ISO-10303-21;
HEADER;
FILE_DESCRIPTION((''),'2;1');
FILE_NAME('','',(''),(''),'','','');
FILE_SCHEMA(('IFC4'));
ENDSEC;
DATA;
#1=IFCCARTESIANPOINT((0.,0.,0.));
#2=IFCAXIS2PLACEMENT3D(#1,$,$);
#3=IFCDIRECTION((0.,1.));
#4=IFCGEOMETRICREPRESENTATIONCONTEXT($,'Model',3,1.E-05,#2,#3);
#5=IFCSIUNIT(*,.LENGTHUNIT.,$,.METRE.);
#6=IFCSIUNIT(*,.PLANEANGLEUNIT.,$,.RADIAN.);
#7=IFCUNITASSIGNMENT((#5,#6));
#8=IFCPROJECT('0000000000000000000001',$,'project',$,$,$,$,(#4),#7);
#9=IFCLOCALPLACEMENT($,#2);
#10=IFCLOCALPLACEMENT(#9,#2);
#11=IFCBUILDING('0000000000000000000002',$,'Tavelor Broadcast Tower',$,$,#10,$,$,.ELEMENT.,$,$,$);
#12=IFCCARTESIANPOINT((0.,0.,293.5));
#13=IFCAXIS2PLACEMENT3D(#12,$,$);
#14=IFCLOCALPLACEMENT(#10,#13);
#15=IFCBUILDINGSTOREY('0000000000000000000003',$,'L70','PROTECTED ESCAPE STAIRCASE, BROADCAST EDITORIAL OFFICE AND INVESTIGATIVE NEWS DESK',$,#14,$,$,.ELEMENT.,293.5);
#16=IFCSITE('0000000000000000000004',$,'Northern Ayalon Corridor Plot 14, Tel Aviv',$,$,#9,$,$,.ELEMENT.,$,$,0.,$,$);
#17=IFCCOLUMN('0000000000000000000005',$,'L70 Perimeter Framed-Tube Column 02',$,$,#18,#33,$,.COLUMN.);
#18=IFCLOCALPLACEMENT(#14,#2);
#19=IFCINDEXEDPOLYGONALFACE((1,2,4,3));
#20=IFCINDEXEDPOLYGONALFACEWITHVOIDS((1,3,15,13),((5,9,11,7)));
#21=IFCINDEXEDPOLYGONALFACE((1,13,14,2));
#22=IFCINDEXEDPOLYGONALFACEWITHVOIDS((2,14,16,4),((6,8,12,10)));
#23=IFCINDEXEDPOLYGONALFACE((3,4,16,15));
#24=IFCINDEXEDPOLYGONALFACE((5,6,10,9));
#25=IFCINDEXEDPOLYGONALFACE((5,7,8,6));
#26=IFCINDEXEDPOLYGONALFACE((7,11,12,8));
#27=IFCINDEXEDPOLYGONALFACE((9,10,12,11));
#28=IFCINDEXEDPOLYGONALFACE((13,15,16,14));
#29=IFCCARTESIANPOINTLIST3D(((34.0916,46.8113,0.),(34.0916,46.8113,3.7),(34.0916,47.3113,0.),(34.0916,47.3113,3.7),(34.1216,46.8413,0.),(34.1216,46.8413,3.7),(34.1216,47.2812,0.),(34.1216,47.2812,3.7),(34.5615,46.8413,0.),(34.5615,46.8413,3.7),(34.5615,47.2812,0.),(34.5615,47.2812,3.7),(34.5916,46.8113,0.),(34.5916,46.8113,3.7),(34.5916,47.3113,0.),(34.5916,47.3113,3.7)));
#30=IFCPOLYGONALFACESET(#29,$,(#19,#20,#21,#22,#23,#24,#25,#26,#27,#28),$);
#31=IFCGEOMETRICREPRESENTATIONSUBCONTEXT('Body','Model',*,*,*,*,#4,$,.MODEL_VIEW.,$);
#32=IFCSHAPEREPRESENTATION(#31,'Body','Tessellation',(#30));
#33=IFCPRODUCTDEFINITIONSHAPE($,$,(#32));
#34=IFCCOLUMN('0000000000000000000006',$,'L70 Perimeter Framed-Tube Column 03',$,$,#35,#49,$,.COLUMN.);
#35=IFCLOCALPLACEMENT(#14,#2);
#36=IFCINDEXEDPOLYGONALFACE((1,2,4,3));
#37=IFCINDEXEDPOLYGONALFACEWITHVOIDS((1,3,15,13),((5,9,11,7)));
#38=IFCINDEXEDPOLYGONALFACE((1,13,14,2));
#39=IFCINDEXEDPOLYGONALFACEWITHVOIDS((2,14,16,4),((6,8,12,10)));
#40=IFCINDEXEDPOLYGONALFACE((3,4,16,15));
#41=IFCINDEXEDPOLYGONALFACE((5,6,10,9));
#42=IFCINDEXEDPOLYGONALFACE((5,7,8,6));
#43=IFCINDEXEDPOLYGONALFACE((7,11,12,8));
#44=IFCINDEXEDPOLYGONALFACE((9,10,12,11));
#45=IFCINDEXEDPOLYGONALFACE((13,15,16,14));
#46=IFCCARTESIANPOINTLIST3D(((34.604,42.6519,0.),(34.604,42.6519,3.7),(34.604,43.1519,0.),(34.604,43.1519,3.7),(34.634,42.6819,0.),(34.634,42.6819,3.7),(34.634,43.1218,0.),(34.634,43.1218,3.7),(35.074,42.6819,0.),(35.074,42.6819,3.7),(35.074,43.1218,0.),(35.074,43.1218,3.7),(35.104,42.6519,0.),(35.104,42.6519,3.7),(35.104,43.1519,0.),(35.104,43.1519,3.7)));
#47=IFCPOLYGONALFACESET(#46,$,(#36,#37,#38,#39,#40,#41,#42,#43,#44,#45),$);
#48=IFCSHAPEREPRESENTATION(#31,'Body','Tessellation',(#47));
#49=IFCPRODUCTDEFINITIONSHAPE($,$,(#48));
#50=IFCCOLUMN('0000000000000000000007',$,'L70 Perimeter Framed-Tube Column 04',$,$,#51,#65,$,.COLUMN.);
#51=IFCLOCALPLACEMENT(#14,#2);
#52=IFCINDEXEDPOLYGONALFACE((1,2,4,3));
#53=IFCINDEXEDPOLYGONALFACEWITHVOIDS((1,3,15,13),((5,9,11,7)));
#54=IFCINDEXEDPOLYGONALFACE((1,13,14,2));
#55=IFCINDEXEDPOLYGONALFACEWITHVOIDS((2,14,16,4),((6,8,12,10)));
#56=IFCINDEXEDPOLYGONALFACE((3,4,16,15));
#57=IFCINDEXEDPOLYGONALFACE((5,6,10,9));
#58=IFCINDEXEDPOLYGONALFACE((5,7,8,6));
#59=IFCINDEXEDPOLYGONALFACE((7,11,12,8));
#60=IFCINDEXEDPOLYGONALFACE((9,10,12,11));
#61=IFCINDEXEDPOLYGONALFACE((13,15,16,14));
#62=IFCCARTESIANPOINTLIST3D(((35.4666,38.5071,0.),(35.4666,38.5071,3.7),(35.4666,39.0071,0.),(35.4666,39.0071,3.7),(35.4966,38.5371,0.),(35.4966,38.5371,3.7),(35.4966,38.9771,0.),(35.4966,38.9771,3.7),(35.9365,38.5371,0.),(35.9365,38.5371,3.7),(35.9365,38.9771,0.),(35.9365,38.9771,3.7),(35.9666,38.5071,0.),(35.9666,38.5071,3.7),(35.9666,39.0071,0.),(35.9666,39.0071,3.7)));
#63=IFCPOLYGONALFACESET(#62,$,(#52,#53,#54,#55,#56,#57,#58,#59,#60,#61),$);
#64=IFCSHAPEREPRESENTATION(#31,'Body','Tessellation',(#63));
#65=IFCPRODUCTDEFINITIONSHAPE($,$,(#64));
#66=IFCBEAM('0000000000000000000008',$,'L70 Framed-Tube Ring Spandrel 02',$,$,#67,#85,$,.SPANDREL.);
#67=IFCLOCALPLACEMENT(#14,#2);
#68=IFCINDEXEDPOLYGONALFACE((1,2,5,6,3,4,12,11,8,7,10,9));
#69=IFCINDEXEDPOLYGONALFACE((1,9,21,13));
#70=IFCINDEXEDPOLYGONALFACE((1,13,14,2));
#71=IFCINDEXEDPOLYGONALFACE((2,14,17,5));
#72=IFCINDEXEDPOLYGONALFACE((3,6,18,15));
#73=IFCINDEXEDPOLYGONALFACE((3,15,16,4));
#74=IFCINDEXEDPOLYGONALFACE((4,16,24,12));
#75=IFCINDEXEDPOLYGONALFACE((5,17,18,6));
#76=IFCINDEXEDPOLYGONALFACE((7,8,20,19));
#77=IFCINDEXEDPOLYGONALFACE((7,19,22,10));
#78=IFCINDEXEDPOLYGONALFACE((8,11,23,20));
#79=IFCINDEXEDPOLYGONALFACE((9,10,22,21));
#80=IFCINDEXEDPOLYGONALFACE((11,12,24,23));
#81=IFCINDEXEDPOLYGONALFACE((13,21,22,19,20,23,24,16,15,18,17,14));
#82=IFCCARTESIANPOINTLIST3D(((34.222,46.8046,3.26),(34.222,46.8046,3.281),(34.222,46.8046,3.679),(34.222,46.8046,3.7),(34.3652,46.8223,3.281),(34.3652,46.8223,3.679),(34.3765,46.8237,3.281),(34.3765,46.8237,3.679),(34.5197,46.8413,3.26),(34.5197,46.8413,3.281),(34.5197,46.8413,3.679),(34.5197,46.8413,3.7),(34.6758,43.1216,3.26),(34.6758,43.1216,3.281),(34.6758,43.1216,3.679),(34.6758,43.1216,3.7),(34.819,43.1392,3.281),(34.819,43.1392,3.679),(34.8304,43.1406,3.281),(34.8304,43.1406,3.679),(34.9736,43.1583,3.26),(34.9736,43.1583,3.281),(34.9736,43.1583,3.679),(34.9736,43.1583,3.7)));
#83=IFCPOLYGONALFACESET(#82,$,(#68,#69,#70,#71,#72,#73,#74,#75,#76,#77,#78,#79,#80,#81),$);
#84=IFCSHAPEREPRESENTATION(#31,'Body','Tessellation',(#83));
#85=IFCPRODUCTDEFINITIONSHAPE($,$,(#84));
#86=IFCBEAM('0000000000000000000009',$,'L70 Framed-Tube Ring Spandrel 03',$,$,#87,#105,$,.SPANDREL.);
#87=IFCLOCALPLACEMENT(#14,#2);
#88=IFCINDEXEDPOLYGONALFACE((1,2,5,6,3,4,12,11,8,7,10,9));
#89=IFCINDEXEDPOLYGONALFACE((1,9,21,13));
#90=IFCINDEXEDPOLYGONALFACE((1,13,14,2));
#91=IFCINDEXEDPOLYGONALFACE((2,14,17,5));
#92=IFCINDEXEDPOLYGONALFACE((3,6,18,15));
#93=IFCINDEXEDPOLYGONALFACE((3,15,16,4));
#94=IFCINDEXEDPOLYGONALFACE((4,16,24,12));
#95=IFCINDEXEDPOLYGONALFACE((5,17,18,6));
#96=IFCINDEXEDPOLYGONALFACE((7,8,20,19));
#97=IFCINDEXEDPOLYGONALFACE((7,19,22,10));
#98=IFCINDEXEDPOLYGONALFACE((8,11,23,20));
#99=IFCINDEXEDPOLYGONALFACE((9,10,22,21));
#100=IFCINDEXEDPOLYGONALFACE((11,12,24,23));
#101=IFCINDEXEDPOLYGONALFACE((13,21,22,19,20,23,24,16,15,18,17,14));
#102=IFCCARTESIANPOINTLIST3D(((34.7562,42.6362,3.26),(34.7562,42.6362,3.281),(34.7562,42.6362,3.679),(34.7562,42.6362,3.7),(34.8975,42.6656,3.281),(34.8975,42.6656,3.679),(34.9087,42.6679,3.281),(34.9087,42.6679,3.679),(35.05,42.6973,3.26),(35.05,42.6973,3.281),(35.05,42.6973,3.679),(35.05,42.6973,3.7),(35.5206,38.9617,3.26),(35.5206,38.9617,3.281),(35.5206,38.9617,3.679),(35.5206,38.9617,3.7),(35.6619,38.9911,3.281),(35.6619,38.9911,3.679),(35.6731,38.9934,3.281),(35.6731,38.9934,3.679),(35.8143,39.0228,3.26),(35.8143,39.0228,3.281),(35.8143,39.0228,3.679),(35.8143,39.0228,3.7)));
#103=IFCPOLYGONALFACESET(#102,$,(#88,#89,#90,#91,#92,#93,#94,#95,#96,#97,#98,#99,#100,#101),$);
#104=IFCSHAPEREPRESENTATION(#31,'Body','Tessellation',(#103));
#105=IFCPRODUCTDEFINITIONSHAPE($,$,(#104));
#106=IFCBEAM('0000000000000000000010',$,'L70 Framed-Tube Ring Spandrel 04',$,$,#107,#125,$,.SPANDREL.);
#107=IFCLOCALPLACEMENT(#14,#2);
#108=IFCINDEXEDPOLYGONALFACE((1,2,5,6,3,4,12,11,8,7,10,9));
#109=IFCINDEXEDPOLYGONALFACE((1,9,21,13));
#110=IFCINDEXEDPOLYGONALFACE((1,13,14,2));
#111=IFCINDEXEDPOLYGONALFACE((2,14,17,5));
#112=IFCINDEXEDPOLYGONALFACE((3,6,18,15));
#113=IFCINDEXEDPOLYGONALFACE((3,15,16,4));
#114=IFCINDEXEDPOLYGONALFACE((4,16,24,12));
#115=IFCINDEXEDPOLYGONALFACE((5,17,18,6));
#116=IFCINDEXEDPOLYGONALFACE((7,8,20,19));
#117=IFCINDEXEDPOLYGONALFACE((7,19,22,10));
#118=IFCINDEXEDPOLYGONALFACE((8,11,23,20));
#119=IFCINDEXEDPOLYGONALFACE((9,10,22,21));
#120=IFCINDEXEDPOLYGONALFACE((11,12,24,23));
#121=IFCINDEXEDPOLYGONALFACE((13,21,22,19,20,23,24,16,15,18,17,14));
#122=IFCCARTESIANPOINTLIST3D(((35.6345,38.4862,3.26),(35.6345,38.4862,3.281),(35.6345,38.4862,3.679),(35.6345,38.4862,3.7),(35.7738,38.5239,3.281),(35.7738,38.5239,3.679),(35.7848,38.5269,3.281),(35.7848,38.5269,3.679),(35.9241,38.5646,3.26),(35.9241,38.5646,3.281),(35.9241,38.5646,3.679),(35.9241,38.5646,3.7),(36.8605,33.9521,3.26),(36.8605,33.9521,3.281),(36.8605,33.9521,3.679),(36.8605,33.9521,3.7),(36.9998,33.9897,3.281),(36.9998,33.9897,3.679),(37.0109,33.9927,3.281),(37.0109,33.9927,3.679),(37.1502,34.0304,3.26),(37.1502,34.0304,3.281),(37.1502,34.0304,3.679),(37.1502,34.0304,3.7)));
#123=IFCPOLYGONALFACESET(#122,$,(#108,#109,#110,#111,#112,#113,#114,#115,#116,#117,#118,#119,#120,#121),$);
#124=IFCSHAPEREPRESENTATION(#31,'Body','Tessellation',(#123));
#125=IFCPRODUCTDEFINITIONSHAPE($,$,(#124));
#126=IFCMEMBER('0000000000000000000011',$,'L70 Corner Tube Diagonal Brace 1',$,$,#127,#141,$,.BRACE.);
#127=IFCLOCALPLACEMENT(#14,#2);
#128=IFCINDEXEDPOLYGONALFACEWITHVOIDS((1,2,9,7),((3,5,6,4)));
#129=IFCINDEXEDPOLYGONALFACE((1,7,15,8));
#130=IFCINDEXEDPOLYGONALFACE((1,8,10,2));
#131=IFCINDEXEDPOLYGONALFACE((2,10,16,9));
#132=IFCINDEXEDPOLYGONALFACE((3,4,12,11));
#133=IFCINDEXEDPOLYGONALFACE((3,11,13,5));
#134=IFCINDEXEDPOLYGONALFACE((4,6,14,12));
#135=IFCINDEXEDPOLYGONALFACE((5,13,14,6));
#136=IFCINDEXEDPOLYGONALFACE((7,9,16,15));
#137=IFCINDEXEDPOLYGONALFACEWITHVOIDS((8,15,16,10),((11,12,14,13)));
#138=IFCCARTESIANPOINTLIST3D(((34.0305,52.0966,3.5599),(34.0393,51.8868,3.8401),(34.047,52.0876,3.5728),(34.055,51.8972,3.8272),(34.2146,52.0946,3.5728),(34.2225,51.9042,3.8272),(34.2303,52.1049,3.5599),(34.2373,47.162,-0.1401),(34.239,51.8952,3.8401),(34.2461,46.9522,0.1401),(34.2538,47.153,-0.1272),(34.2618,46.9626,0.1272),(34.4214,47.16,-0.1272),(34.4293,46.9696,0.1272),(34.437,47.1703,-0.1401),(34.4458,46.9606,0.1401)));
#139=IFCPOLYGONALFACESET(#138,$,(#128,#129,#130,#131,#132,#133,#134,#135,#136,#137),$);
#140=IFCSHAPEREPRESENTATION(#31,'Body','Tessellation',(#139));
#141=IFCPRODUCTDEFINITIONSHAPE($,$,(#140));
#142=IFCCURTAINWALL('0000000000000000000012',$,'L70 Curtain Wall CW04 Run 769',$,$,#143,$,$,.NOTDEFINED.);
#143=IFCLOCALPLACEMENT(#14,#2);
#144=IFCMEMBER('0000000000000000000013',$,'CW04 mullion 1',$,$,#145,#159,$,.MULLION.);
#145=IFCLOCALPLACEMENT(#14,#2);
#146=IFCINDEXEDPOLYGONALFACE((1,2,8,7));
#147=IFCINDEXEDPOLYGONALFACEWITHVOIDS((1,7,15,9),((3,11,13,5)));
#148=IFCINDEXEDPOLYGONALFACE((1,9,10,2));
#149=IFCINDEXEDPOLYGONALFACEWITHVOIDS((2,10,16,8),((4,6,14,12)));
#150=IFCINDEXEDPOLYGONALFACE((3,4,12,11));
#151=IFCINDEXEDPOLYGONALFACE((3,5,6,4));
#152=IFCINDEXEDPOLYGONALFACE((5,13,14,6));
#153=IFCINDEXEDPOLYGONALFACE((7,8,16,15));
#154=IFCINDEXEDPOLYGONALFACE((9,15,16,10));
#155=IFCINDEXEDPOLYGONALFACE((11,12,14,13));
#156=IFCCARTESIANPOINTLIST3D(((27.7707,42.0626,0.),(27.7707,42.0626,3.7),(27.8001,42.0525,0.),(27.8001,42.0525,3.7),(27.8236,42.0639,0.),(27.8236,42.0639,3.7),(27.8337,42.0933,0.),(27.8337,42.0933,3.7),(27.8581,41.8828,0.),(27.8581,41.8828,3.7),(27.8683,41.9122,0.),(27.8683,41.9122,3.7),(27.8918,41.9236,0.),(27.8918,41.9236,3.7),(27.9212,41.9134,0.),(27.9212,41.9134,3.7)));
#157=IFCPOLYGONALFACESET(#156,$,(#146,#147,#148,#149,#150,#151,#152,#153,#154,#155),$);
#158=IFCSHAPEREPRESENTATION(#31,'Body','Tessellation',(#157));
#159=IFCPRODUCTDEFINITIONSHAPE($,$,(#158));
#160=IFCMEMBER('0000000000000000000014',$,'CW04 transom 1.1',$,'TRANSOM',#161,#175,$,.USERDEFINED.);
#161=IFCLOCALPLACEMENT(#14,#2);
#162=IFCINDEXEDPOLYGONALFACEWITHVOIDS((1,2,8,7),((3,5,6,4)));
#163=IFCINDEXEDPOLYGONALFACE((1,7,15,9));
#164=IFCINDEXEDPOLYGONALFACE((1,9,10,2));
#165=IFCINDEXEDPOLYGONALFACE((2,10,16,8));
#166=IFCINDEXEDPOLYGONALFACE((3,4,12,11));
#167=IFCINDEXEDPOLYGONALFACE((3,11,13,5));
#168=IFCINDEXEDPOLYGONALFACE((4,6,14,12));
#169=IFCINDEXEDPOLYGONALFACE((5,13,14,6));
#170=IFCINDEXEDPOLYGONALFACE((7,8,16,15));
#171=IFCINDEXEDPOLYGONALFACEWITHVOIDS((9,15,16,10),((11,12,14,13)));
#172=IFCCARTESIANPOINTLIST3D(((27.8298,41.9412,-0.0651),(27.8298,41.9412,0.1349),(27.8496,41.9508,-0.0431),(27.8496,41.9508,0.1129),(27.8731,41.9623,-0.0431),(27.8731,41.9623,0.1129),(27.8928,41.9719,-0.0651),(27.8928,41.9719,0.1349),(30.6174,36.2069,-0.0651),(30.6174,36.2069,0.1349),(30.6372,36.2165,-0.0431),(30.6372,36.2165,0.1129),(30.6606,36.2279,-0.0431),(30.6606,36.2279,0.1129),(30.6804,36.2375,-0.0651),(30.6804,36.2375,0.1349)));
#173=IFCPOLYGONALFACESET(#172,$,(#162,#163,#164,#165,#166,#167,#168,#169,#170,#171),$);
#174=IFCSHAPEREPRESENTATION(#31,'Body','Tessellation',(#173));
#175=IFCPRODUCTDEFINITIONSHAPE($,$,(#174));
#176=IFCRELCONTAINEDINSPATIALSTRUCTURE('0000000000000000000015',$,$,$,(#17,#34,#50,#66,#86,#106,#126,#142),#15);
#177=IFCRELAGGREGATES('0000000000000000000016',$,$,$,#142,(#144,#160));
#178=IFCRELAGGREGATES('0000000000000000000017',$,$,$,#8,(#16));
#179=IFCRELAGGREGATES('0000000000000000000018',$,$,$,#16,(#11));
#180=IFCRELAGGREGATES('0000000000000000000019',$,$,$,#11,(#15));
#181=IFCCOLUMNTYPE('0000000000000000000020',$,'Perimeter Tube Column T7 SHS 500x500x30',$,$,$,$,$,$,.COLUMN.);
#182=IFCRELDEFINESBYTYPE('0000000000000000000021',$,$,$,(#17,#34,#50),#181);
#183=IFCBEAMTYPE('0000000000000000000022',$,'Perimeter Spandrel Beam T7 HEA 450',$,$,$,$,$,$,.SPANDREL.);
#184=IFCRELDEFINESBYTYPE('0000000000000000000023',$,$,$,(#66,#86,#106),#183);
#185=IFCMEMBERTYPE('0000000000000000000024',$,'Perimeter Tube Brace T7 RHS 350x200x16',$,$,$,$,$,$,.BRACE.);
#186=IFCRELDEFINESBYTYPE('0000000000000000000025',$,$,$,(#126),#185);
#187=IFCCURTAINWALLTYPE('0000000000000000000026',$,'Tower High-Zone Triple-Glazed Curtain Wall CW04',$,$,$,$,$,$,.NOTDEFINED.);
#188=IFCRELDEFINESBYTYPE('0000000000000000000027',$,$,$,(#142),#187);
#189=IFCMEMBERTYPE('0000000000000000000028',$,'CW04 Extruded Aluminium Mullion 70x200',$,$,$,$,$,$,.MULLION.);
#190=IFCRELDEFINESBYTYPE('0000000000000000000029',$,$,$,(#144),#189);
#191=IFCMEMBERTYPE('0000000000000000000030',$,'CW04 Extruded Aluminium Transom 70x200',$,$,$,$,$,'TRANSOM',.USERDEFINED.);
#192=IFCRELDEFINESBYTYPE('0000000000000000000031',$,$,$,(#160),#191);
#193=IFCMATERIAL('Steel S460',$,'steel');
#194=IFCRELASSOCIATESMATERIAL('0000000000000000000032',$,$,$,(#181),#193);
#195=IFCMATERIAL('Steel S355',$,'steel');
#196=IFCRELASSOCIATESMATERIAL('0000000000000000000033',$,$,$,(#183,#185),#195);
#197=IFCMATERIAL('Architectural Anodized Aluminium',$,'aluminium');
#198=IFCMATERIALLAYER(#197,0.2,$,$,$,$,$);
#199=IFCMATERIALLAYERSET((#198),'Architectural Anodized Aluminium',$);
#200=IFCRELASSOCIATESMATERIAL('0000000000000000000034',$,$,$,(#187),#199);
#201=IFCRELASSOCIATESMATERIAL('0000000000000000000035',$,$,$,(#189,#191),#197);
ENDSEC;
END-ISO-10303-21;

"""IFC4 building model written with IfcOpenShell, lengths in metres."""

from ifc_helpers import new_model, si_unit, direction, frame, origin, origin_2d, place, context, subcontext, project, spatial, hollow_rectangle, i_section, extrude, source, transform, mapped, material, layer, layer_set, material_profile, profile_set, type_object, type_shapes, element, aggregate, save


model = new_model("IFC4")

# Units and contexts
model_context = context("Model", 3, precision=1e-05, world=origin(), true_north=direction((0.0, 1.0)))
body_context = subcontext(model_context, "Body", "Model", "MODEL_VIEW")
ifc_project = project(units=[si_unit("LENGTHUNIT", "METRE"), si_unit("PLANEANGLEUNIT", "RADIAN")], contexts=[model_context])

# Site, building, storey
site_placement = place(None, origin())
site = spatial("IfcSite", under=ifc_project, at=site_placement, Name="Northern Ayalon Corridor Plot 14, Tel Aviv", CompositionType="ELEMENT", RefElevation=0.0)
building_placement = place(site_placement, origin())
building = spatial("IfcBuilding", under=site, at=building_placement, Name="Tavelor Broadcast Tower", CompositionType="ELEMENT")
storey_placement = place(building_placement, frame((0.0, 0.0, 293.5)))
storey = spatial("IfcBuildingStorey", under=building, at=storey_placement, Name="L70", Description="PROTECTED ESCAPE STAIRCASE, BROADCAST EDITORIAL OFFICE AND INVESTIGATIVE NEWS DESK", CompositionType="ELEMENT", Elevation=293.5)

# Columns
ifc_material_1 = material(Name="Steel S460", Category="steel")
ifc_material_profile_1 = material_profile(ifc_material_1, hollow_rectangle(XDim=0.5, YDim=0.5, WallThickness=0.03, at=origin_2d()), Name="SHS 500x500x30")
ifc_profile_set_1 = profile_set([ifc_material_profile_1], Name="Steel S460")
column_type = type_object("IfcColumnType", Name="Perimeter Tube Column T7 SHS 500x500x30", PredefinedType="COLUMN", material=ifc_profile_set_1)
for number, where, z_axis, x_axis, name in (
    (1, (34.3416, 47.0613, 0.0), (0.0, 0.0, 1.0), (1.0, 0.0, 0.0), "L70 Perimeter Framed-Tube Column 02"),
    (2, (34.854, 42.9019, 0.0), (0.0, 0.0, 1.0), (1.0, 0.0, 0.0), "L70 Perimeter Framed-Tube Column 03"),
    (3, (35.7166, 38.7571, 0.0), (0.0, 0.0, 1.0), (1.0, 0.0, 0.0), "L70 Perimeter Framed-Tube Column 04"),
):
    element("IfcColumn", number, at=place(storey_placement, frame(where, z_axis=z_axis, x_axis=x_axis)), inside=storey, type_object=column_type, Name=name, PredefinedType="COLUMN", context=body_context, shape_type="SweptSolid", body=[
        extrude(hollow_rectangle(XDim=0.5, YDim=0.5, WallThickness=0.03, at=origin_2d()), origin(), (0.0, 0.0, 1.0), 3.7),
    ])

# Beams
ifc_material_2 = material(Name="Steel S355", Category="steel")
ifc_material_profile_2 = material_profile(ifc_material_2, i_section(OverallWidth=0.3, OverallDepth=0.4399, WebThickness=0.0115, FlangeThickness=0.021, at=origin_2d()), Name="HEA 450")
ifc_profile_set_2 = profile_set([ifc_material_profile_2], Name="Steel S355")
beam_type = type_object("IfcBeamType", Name="Perimeter Spandrel Beam T7 HEA 450", PredefinedType="SPANDREL", material=ifc_profile_set_2)
beam_1_placement = place(storey_placement, frame((34.3708, 46.823, 3.48), z_axis=(0.122302, -0.992493, 0.0), x_axis=(0.992493, 0.122302, 0.0)))
element("IfcBeam", 4, at=beam_1_placement, inside=storey, type_object=beam_type, Name="L70 Framed-Tube Ring Spandrel 02", PredefinedType="SPANDREL", context=body_context, shape_type="SweptSolid", body=[
    extrude(i_section(OverallWidth=0.3, OverallDepth=0.4399, WebThickness=0.0115, FlangeThickness=0.021, at=origin_2d()), origin(), (0.0, 0.0, 1.0), 3.7109),
])
beam_2_placement = place(storey_placement, frame((34.9031, 42.6667, 3.48), z_axis=(0.203666, -0.97904, 0.0), x_axis=(0.97904, 0.203666, 0.0)))
element("IfcBeam", 5, at=beam_2_placement, inside=storey, type_object=beam_type, Name="L70 Framed-Tube Ring Spandrel 03", PredefinedType="SPANDREL", context=body_context, shape_type="SweptSolid", body=[
    extrude(i_section(OverallWidth=0.3, OverallDepth=0.4399, WebThickness=0.0115, FlangeThickness=0.021, at=origin_2d()), origin(), (0.0, 0.0, 1.0), 3.7532),
])
beam_3_placement = place(storey_placement, frame((35.7793, 38.5254, 3.48), z_axis=(0.261032, -0.96533, 0.0), x_axis=(0.96533, 0.261032, 0.0)))
element("IfcBeam", 6, at=beam_3_placement, inside=storey, type_object=beam_type, Name="L70 Framed-Tube Ring Spandrel 04", PredefinedType="SPANDREL", context=body_context, shape_type="SweptSolid", body=[
    extrude(i_section(OverallWidth=0.3, OverallDepth=0.4399, WebThickness=0.0115, FlangeThickness=0.021, at=origin_2d()), origin(), (0.0, 0.0, 1.0), 4.697),
])

# Member
ifc_material_profile_3 = material_profile(ifc_material_2, hollow_rectangle(XDim=0.2, YDim=0.3501, WallThickness=0.0161, at=origin_2d()), Name="RHS 350x200x16")
ifc_profile_set_3 = profile_set([ifc_material_profile_3], Name="Steel S355")
member_type_1 = type_object("IfcMemberType", Name="Perimeter Tube Brace T7 RHS 350x200x16", PredefinedType="BRACE", material=ifc_profile_set_3)
member_1_placement = place(storey_placement, frame((34.3416, 47.0613, 0.0), z_axis=(-0.033509, 0.799627, 0.599562), x_axis=(-0.999123, -0.041869, 0.0)))
element("IfcMember", 7, at=member_1_placement, inside=storey, type_object=member_type_1, Name="L70 Corner Tube Diagonal Brace 1", PredefinedType="BRACE", context=body_context, shape_type="SweptSolid", body=[
    extrude(hollow_rectangle(XDim=0.2, YDim=0.3501, WallThickness=0.0161, at=origin_2d()), origin(), (0.0, 0.0, 1.0), 6.1711),
])

# Curtain wall, members
ifc_material_3 = material(Name="Architectural Anodized Aluminium", Category="aluminium")
ifc_layer_1 = layer(ifc_material_3, 0.2)
ifc_layer_set_1 = layer_set([ifc_layer_1], Name="Architectural Anodized Aluminium")
curtain_wall_type = type_object("IfcCurtainWallType", Name="Tower High-Zone Triple-Glazed Curtain Wall CW04", PredefinedType="NOTDEFINED", material=ifc_layer_set_1)
curtain_wall_placement = place(storey_placement, origin())
curtain_wall = element("IfcCurtainWall", 8, at=curtain_wall_placement, inside=storey, type_object=curtain_wall_type, Name="L70 Curtain Wall CW04 Run 769", PredefinedType="NOTDEFINED")
ifc_material_profile_4 = material_profile(ifc_material_3, hollow_rectangle(XDim=0.0701, YDim=0.2, WallThickness=0.022, at=origin_2d()), Name="RHS 70x200x22")
ifc_profile_set_4 = profile_set([ifc_material_profile_4], Name="Architectural Anodized Aluminium")
member_type_2 = type_object("IfcMemberType", Name="CW04 Extruded Aluminium Mullion 70x200", PredefinedType="MULLION", material=ifc_profile_set_4)
shared_shape_1 = source(origin(), body_context, "Body", "SweptSolid", [
    extrude(hollow_rectangle(XDim=0.0701, YDim=0.2, WallThickness=0.022, at=origin_2d()), origin(), (0.0, 0.0, 1.0), 3.7),
])
type_shapes(member_type_2, [shared_shape_1])
member_2_placement = place(storey_placement, frame((27.8459, 41.988, 0.0), z_axis=(0.0, 0.0, 1.0), x_axis=(0.899371, 0.437186, 0.0)))
member_2 = element("IfcMember", 9, at=member_2_placement, type_object=member_type_2, Name="CW04 mullion 1", PredefinedType="MULLION", context=body_context, shape_type="MappedRepresentation", body=[
    mapped(shared_shape_1, transform((0.0, 0.0, 0.0), scale=1.0)),
])
ifc_material_profile_5 = material_profile(ifc_material_3, hollow_rectangle(XDim=0.0701, YDim=0.2, WallThickness=0.022, at=origin_2d()), Name="RHS 70x200x22")
ifc_profile_set_5 = profile_set([ifc_material_profile_5], Name="Architectural Anodized Aluminium")
member_type_3 = type_object("IfcMemberType", Name="CW04 Extruded Aluminium Transom 70x200", ElementType="TRANSOM", PredefinedType="USERDEFINED", material=ifc_profile_set_5)
shared_shape_2 = source(origin(), body_context, "Body", "SweptSolid", [
    extrude(hollow_rectangle(XDim=0.0701, YDim=0.2, WallThickness=0.022, at=origin_2d()), origin(), (0.0, 0.0, 1.0), 6.376),
])
type_shapes(member_type_3, [shared_shape_2])
member_3_placement = place(storey_placement, frame((27.8613, 41.9565, 0.0349), z_axis=(0.4372, -0.899365, 0.0), x_axis=(0.899365, 0.4372, 0.0)))
member_3 = element("IfcMember", 10, at=member_3_placement, type_object=member_type_3, Name="CW04 transom 1.1", ObjectType="TRANSOM", PredefinedType="USERDEFINED", context=body_context, shape_type="MappedRepresentation", body=[
    mapped(shared_shape_2, transform((0.0, 0.0, 0.0), scale=1.0)),
])

aggregate(curtain_wall, [member_2, member_3])

save(model, "model.ifc")
